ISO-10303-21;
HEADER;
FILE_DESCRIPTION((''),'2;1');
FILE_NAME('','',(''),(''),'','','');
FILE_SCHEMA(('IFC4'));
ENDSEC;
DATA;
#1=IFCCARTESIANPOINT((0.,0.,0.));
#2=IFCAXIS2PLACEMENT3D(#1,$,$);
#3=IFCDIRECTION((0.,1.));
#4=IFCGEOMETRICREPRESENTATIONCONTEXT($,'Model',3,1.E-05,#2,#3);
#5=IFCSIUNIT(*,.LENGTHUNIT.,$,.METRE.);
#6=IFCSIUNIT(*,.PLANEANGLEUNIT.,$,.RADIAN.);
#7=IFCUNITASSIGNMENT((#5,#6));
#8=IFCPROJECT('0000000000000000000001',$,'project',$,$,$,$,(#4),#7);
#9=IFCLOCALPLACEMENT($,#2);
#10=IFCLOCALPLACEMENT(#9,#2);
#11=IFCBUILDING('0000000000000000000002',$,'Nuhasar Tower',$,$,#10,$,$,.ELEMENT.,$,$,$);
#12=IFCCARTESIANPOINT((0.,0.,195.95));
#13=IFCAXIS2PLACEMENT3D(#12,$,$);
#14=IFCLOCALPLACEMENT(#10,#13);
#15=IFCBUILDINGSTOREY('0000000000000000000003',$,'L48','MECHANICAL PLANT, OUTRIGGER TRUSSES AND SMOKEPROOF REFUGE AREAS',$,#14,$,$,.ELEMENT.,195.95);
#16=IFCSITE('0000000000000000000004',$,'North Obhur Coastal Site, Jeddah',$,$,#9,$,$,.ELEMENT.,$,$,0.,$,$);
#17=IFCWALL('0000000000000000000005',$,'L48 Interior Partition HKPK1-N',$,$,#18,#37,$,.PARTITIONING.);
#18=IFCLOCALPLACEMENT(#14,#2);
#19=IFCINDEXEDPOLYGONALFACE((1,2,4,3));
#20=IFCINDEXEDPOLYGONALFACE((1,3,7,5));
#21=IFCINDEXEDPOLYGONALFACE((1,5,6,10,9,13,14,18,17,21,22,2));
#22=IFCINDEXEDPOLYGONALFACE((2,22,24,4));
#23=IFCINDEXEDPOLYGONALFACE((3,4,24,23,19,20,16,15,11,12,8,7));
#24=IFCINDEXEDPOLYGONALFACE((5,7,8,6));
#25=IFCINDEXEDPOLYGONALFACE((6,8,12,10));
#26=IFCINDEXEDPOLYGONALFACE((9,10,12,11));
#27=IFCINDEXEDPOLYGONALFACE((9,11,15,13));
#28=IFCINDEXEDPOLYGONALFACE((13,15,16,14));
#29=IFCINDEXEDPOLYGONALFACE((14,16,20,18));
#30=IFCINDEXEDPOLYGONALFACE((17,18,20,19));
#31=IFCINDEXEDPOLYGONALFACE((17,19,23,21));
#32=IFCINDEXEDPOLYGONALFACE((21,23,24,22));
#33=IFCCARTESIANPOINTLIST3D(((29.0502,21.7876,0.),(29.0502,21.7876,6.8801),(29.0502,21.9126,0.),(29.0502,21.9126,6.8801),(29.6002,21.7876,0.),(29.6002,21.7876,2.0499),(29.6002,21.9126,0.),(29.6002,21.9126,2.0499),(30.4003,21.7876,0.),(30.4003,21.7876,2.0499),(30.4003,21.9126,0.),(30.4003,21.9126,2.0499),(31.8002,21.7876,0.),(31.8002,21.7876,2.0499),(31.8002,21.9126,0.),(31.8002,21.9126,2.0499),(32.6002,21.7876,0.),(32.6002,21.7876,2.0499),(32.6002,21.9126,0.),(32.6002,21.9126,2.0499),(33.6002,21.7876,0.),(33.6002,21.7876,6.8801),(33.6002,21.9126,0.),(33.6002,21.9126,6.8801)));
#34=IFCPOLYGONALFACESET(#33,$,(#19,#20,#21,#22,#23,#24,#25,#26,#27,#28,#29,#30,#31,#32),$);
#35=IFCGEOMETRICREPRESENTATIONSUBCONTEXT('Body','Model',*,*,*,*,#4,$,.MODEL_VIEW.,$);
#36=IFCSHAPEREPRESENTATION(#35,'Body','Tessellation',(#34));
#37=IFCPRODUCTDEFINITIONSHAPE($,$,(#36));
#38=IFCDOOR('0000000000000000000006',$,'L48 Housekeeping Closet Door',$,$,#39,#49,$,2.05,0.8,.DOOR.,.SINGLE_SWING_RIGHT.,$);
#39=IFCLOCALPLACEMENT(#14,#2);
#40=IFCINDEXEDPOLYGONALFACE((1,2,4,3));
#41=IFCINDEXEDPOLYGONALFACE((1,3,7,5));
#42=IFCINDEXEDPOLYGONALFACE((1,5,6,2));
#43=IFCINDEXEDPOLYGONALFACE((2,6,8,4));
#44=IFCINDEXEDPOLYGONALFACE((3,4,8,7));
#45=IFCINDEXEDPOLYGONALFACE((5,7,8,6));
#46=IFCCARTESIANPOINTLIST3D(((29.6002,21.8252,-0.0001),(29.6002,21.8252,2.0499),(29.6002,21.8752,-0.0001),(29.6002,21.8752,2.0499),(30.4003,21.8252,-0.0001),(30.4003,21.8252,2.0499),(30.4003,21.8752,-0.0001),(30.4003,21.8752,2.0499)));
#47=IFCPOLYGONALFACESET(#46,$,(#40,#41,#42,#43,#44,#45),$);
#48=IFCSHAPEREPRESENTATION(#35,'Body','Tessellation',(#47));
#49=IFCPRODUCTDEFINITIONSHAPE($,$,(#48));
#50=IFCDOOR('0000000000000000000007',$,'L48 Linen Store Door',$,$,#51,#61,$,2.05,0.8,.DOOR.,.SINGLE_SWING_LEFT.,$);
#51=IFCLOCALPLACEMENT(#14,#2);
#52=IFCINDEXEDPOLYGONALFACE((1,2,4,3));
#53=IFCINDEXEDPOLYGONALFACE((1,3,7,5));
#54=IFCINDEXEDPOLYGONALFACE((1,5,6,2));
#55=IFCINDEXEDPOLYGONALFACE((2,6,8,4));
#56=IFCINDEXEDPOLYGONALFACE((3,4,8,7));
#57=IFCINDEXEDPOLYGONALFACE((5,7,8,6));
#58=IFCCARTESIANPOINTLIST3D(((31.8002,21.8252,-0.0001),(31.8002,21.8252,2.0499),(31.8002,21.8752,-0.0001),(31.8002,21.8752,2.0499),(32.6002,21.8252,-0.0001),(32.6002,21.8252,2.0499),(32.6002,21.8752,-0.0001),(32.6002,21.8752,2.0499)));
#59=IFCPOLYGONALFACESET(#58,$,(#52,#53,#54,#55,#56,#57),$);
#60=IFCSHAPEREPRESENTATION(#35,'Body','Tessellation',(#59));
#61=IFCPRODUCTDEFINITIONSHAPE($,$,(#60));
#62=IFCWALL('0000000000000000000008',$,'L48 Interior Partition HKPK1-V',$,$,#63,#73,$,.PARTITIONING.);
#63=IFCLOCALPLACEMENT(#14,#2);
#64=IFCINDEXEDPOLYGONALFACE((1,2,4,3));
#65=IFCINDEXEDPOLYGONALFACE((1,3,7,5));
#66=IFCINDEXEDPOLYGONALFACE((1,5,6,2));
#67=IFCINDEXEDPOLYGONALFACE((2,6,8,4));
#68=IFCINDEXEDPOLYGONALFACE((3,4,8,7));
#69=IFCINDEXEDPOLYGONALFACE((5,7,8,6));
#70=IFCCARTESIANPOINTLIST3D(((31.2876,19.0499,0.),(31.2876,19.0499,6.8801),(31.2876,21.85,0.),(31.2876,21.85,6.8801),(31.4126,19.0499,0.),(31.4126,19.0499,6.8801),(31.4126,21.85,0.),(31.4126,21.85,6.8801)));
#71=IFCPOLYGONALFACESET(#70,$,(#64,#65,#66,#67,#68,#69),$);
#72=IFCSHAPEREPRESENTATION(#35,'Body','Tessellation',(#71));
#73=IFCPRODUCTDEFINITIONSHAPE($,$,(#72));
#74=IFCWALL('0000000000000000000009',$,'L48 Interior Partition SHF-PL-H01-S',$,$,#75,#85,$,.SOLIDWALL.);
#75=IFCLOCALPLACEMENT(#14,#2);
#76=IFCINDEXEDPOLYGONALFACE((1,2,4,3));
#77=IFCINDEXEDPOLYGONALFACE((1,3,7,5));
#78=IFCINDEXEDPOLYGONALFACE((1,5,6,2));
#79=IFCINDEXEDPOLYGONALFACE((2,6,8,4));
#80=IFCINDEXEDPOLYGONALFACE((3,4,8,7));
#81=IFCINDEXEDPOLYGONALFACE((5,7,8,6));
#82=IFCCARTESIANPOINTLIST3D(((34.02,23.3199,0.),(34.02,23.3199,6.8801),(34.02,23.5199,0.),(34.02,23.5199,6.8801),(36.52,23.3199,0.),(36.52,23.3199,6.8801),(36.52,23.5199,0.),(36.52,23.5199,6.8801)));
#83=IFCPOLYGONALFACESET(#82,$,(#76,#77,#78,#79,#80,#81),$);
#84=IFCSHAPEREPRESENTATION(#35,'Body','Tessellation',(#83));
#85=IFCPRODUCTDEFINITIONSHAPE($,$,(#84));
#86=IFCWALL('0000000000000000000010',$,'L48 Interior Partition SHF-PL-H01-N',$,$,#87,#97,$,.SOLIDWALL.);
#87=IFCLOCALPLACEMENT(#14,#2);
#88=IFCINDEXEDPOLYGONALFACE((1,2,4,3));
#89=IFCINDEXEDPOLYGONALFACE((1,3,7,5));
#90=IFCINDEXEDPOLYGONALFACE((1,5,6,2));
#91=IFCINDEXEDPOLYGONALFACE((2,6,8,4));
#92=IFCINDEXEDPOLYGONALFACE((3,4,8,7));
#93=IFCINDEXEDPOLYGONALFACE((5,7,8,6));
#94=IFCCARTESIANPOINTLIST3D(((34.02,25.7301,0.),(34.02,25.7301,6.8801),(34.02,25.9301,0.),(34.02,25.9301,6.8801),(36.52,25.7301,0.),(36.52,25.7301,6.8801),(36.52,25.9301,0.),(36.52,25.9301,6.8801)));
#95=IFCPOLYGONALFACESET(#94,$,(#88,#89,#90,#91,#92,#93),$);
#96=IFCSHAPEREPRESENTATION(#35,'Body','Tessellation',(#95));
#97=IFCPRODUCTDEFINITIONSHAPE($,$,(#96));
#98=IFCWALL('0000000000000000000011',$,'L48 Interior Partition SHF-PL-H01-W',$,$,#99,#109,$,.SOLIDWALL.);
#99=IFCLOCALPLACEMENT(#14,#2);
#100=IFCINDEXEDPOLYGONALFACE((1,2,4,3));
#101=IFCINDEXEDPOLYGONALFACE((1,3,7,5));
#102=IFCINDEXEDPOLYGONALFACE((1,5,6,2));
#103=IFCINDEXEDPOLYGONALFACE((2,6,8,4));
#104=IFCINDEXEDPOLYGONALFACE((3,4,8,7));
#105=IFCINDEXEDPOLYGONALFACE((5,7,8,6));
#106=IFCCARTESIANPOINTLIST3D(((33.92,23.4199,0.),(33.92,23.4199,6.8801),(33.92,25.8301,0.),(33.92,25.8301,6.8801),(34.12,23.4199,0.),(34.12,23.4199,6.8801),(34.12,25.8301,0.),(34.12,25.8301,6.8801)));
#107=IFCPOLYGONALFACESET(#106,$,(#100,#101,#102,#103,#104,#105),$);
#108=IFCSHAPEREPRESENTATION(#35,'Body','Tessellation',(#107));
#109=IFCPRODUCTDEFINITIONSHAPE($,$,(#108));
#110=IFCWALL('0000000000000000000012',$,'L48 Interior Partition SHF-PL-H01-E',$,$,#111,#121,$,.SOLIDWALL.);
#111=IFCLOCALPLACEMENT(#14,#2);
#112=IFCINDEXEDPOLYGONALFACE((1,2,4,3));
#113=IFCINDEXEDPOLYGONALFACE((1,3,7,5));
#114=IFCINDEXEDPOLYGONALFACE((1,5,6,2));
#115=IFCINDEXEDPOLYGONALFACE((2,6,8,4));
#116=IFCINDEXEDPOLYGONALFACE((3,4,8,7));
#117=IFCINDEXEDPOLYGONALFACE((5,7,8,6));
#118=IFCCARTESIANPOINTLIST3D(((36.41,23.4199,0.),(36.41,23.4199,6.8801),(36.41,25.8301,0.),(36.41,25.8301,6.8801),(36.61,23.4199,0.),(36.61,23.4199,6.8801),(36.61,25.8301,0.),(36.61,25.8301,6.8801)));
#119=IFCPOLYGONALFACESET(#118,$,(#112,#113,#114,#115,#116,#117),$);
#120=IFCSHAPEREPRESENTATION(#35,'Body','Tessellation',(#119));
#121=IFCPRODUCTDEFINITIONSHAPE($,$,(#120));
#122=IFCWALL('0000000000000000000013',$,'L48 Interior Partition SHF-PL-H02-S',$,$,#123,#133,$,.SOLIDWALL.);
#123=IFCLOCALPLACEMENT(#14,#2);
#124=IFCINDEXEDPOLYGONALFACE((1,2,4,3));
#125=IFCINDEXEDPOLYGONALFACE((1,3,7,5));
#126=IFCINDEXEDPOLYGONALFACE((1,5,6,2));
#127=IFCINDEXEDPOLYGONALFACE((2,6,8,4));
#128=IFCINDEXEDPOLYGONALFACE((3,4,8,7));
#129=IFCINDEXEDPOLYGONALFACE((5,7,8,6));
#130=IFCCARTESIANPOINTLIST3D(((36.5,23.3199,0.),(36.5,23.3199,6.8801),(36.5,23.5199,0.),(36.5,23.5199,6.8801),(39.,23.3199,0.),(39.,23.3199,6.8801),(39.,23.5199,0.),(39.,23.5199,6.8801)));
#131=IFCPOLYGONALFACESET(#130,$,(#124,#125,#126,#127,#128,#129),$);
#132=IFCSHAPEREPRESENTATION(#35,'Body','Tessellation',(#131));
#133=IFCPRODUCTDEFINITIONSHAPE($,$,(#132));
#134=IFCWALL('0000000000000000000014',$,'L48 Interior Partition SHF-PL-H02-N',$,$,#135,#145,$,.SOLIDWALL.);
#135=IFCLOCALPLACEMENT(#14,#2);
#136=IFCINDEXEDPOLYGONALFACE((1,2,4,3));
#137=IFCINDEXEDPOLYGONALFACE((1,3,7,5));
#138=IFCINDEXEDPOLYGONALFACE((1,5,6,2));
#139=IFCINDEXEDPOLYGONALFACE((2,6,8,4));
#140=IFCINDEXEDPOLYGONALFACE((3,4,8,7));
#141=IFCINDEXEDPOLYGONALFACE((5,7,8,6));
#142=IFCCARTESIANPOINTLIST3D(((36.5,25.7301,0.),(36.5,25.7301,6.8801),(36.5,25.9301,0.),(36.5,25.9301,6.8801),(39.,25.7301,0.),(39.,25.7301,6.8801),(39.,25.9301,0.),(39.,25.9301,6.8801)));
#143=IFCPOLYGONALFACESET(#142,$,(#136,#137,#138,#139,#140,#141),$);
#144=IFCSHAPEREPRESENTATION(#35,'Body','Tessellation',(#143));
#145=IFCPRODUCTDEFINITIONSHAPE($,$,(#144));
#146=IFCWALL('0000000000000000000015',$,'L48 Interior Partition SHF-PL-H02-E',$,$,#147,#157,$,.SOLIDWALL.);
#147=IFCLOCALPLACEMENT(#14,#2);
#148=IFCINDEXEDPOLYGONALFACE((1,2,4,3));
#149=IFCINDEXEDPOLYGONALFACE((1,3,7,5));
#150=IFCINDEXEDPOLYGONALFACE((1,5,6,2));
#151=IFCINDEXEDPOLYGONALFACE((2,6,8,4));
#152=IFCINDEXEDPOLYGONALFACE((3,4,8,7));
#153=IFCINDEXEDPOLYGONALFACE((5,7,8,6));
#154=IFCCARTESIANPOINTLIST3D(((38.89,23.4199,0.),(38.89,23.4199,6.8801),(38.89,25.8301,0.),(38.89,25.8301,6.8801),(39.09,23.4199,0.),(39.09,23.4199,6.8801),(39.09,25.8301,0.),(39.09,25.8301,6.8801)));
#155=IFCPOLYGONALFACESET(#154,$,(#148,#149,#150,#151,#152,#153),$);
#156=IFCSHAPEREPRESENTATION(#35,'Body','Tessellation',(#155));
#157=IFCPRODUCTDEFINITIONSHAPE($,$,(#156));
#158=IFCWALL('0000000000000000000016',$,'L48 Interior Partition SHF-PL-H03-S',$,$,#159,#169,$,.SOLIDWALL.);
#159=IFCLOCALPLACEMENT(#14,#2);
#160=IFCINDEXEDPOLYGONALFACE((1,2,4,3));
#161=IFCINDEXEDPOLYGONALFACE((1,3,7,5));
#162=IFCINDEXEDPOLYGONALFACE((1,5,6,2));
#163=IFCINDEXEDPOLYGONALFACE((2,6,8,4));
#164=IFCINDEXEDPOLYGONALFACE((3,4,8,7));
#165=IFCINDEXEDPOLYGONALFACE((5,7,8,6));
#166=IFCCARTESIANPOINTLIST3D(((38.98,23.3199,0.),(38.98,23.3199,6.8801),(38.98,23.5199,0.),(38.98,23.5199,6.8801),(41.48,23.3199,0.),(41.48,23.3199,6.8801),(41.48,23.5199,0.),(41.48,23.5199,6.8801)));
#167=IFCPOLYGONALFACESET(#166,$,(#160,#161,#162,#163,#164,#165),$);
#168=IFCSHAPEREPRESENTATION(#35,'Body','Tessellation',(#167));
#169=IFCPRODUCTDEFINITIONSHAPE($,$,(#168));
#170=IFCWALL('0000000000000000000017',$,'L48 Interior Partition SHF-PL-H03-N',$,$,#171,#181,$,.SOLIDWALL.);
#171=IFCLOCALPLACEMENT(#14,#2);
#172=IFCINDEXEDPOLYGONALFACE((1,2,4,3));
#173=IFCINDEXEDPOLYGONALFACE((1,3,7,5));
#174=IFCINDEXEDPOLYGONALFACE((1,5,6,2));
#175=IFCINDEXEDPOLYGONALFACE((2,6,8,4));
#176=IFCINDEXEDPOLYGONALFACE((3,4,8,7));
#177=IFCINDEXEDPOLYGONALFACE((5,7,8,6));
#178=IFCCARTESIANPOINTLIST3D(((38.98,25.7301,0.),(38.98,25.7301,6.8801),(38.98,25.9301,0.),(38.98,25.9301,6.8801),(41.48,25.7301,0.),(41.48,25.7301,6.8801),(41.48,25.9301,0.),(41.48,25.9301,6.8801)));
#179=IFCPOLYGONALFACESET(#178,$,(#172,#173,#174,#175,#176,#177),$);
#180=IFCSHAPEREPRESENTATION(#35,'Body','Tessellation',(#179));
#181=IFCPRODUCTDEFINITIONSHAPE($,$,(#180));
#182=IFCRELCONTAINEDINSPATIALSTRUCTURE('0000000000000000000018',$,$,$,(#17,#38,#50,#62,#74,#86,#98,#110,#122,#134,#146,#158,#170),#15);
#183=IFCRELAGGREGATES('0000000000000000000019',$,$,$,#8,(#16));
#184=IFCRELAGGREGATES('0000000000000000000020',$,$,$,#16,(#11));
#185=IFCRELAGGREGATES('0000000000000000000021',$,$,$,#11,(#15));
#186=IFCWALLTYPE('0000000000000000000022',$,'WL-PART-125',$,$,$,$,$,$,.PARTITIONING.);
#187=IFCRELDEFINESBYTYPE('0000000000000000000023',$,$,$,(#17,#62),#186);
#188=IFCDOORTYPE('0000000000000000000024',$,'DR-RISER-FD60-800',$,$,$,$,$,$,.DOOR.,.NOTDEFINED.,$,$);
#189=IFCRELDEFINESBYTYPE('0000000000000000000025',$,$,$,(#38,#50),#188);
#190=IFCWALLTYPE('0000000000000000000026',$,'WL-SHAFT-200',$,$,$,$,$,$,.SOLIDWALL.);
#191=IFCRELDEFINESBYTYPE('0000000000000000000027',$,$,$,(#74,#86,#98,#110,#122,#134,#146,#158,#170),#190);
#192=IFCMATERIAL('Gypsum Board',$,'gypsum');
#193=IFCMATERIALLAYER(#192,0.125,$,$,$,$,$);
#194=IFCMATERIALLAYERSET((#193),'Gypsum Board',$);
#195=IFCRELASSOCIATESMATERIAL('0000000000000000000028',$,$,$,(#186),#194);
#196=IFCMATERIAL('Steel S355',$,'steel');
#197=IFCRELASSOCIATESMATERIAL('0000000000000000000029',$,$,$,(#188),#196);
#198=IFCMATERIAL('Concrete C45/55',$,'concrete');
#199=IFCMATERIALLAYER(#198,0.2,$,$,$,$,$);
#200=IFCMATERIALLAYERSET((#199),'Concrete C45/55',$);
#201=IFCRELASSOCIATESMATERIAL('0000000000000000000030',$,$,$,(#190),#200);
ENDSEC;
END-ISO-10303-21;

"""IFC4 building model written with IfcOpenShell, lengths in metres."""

from ifc_helpers import new_model, si_unit, direction, frame, frame_2d, origin, place, context, subcontext, project, spatial, rectangle, extrude, material, layer, layer_set, type_object, element, fill, save


model = new_model("IFC4")

# Units and contexts
model_context = context("Model", 3, precision=1e-05, world=origin(), true_north=direction((0.0, 1.0)))
body_context = subcontext(model_context, "Body", "Model", "MODEL_VIEW")
ifc_project = project(units=[si_unit("LENGTHUNIT", "METRE"), si_unit("PLANEANGLEUNIT", "RADIAN")], contexts=[model_context])

# Site, building, storey
site_placement = place(None, origin())
site = spatial("IfcSite", under=ifc_project, at=site_placement, Name="North Obhur Coastal Site, Jeddah", CompositionType="ELEMENT", RefElevation=0.0)
building_placement = place(site_placement, origin())
building = spatial("IfcBuilding", under=site, at=building_placement, Name="Nuhasar Tower", CompositionType="ELEMENT")
storey_placement = place(building_placement, frame((0.0, 0.0, 195.95)))
storey = spatial("IfcBuildingStorey", under=building, at=storey_placement, Name="L48", Description="MECHANICAL PLANT, OUTRIGGER TRUSSES AND SMOKEPROOF REFUGE AREAS", CompositionType="ELEMENT", Elevation=195.95)

# Shared definitions
ifc_material_1 = material(Name="Steel S355", Category="steel")

# Shared definitions
ifc_material_2 = material(Name="Gypsum Board", Category="gypsum")
ifc_material_3 = material(Name="Concrete C45/55", Category="concrete")

# Wall, openings, doors
ifc_layer_1 = layer(ifc_material_2, 0.125)
ifc_layer_set_1 = layer_set([ifc_layer_1], Name="Gypsum Board")
wall_type_1 = type_object("IfcWallType", Name="WL-PART-125", PredefinedType="PARTITIONING", material=ifc_layer_set_1)
wall_1_placement = place(storey_placement, frame((33.6001, 21.8501, 0.0), z_axis=(0.0, 0.0, 1.0), x_axis=(-1.0, 0.0, 0.0)))
wall_1 = element("IfcWall", 1, at=wall_1_placement, inside=storey, type_object=wall_type_1, Name="L48 Interior Partition HKPK1-N", PredefinedType="PARTITIONING", context=body_context, shape_type="SweptSolid", body=[
    extrude(rectangle(XDim=4.55, YDim=0.125, at=frame_2d((2.2749, 0.0))), origin(), (0.0, 0.0, 1.0), 6.8801),
])
opening_1_placement = place(wall_1_placement, frame((3.2, 0.0, 0.0)))
opening_1 = element("IfcOpeningElement", 2, at=opening_1_placement, cuts=wall_1, PredefinedType="OPENING", context=body_context, shape_type="SweptSolid", body=[
    extrude(rectangle(XDim=0.8, YDim=2.05, at=frame_2d((0.3999, 1.0249))), frame((0.0, 0.0725, 0.0), z_axis=(0.0, -1.0, 0.0), x_axis=(1.0, 0.0, 0.0)), (0.0, 0.0, 1.0), 0.145),
])
opening_2_placement = place(wall_1_placement, frame((1.0, 0.0, 0.0)))
opening_2 = element("IfcOpeningElement", 3, at=opening_2_placement, cuts=wall_1, PredefinedType="OPENING", context=body_context, shape_type="SweptSolid", body=[
    extrude(rectangle(XDim=0.8, YDim=2.05, at=frame_2d((0.3999, 1.0249))), frame((0.0, 0.0725, 0.0), z_axis=(0.0, -1.0, 0.0), x_axis=(1.0, 0.0, 0.0)), (0.0, 0.0, 1.0), 0.145),
])
door_type_1 = type_object("IfcDoorType", Name="DR-RISER-FD60-800", OperationType="NOTDEFINED", PredefinedType="DOOR", material=ifc_material_1)
door_1_placement = place(opening_1_placement, origin())
door_1 = element("IfcDoor", 4, at=door_1_placement, inside=storey, type_object=door_type_1, Name="L48 Housekeeping Closet Door", OperationType="SINGLE_SWING_RIGHT", OverallHeight=2.05, OverallWidth=0.8, PredefinedType="DOOR", context=body_context, shape_type="SweptSolid", body=[
    extrude(rectangle(XDim=0.8, YDim=2.05, at=frame_2d((0.3999, 1.0249))), frame((0.0, 0.0249, 0.0), z_axis=(0.0, -1.0, 0.0), x_axis=(1.0, 0.0, 0.0)), (0.0, 0.0, 1.0), 0.05),
])
fill(opening_1, door_1)
door_2_placement = place(opening_2_placement, origin())
door_2 = element("IfcDoor", 5, at=door_2_placement, inside=storey, type_object=door_type_1, Name="L48 Linen Store Door", OperationType="SINGLE_SWING_LEFT", OverallHeight=2.05, OverallWidth=0.8, PredefinedType="DOOR", context=body_context, shape_type="SweptSolid", body=[
    extrude(rectangle(XDim=0.8, YDim=2.05, at=frame_2d((0.3999, 1.0249))), frame((0.0, 0.0249, 0.0), z_axis=(0.0, -1.0, 0.0), x_axis=(1.0, 0.0, 0.0)), (0.0, 0.0, 1.0), 0.05),
])
fill(opening_2, door_2)

# Walls
wall_2_placement = place(storey_placement, frame((31.3501, 19.05, 0.0), z_axis=(0.0, 0.0, 1.0), x_axis=(0.0, 1.0, 0.0)))
element("IfcWall", 6, at=wall_2_placement, inside=storey, type_object=wall_type_1, Name="L48 Interior Partition HKPK1-V", PredefinedType="PARTITIONING", context=body_context, shape_type="SweptSolid", body=[
    extrude(rectangle(XDim=2.8, YDim=0.125, at=frame_2d((1.3999, 0.0))), origin(), (0.0, 0.0, 1.0), 6.8801),
])
ifc_layer_2 = layer(ifc_material_3, 0.2)
ifc_layer_set_2 = layer_set([ifc_layer_2], Name="Concrete C45/55")
wall_type_2 = type_object("IfcWallType", Name="WL-SHAFT-200", PredefinedType="SOLIDWALL", material=ifc_layer_set_2)
for number, where, z_axis, x_axis, name in (
    (7, (34.02, 23.4199, 0.0), (0.0, 0.0, 1.0), (1.0, 0.0, 0.0), "L48 Interior Partition SHF-PL-H01-S"),
    (8, (34.02, 25.8301, 0.0), (0.0, 0.0, 1.0), (1.0, 0.0, 0.0), "L48 Interior Partition SHF-PL-H01-N"),
):
    element("IfcWall", number, at=place(storey_placement, frame(where, z_axis=z_axis, x_axis=x_axis)), inside=storey, type_object=wall_type_2, Name=name, PredefinedType="SOLIDWALL", context=body_context, shape_type="SweptSolid", body=[
        extrude(rectangle(XDim=2.5, YDim=0.2, at=frame_2d((1.25, 0.0))), origin(), (0.0, 0.0, 1.0), 6.8801),
    ])
for number, where, z_axis, x_axis, name in (
    (9, (34.02, 23.4199, 0.0), (0.0, 0.0, 1.0), (0.0, 1.0, 0.0), "L48 Interior Partition SHF-PL-H01-W"),
    (10, (36.51, 23.4199, 0.0), (0.0, 0.0, 1.0), (0.0, 1.0, 0.0), "L48 Interior Partition SHF-PL-H01-E"),
):
    element("IfcWall", number, at=place(storey_placement, frame(where, z_axis=z_axis, x_axis=x_axis)), inside=storey, type_object=wall_type_2, Name=name, PredefinedType="SOLIDWALL", context=body_context, shape_type="SweptSolid", body=[
        extrude(rectangle(XDim=2.4102, YDim=0.2, at=frame_2d((1.2051, 0.0))), origin(), (0.0, 0.0, 1.0), 6.8801),
    ])
for number, where, z_axis, x_axis, name in (
    (11, (36.5, 23.4199, 0.0), (0.0, 0.0, 1.0), (1.0, 0.0, 0.0), "L48 Interior Partition SHF-PL-H02-S"),
    (12, (36.5, 25.8301, 0.0), (0.0, 0.0, 1.0), (1.0, 0.0, 0.0), "L48 Interior Partition SHF-PL-H02-N"),
):
    element("IfcWall", number, at=place(storey_placement, frame(where, z_axis=z_axis, x_axis=x_axis)), inside=storey, type_object=wall_type_2, Name=name, PredefinedType="SOLIDWALL", context=body_context, shape_type="SweptSolid", body=[
        extrude(rectangle(XDim=2.5, YDim=0.2, at=frame_2d((1.25, 0.0))), origin(), (0.0, 0.0, 1.0), 6.8801),
    ])
wall_3_placement = place(storey_placement, frame((38.99, 23.4199, 0.0), z_axis=(0.0, 0.0, 1.0), x_axis=(0.0, 1.0, 0.0)))
element("IfcWall", 13, at=wall_3_placement, inside=storey, type_object=wall_type_2, Name="L48 Interior Partition SHF-PL-H02-E", PredefinedType="SOLIDWALL", context=body_context, shape_type="SweptSolid", body=[
    extrude(rectangle(XDim=2.4102, YDim=0.2, at=frame_2d((1.2051, 0.0))), origin(), (0.0, 0.0, 1.0), 6.8801),
])
for number, where, z_axis, x_axis, name in (
    (14, (38.98, 23.4199, 0.0), (0.0, 0.0, 1.0), (1.0, 0.0, 0.0), "L48 Interior Partition SHF-PL-H03-S"),
    (15, (38.98, 25.8301, 0.0), (0.0, 0.0, 1.0), (1.0, 0.0, 0.0), "L48 Interior Partition SHF-PL-H03-N"),
):
    element("IfcWall", number, at=place(storey_placement, frame(where, z_axis=z_axis, x_axis=x_axis)), inside=storey, type_object=wall_type_2, Name=name, PredefinedType="SOLIDWALL", context=body_context, shape_type="SweptSolid", body=[
        extrude(rectangle(XDim=2.5, YDim=0.2, at=frame_2d((1.25, 0.0))), origin(), (0.0, 0.0, 1.0), 6.8801),
    ])

save(model, "model.ifc")
